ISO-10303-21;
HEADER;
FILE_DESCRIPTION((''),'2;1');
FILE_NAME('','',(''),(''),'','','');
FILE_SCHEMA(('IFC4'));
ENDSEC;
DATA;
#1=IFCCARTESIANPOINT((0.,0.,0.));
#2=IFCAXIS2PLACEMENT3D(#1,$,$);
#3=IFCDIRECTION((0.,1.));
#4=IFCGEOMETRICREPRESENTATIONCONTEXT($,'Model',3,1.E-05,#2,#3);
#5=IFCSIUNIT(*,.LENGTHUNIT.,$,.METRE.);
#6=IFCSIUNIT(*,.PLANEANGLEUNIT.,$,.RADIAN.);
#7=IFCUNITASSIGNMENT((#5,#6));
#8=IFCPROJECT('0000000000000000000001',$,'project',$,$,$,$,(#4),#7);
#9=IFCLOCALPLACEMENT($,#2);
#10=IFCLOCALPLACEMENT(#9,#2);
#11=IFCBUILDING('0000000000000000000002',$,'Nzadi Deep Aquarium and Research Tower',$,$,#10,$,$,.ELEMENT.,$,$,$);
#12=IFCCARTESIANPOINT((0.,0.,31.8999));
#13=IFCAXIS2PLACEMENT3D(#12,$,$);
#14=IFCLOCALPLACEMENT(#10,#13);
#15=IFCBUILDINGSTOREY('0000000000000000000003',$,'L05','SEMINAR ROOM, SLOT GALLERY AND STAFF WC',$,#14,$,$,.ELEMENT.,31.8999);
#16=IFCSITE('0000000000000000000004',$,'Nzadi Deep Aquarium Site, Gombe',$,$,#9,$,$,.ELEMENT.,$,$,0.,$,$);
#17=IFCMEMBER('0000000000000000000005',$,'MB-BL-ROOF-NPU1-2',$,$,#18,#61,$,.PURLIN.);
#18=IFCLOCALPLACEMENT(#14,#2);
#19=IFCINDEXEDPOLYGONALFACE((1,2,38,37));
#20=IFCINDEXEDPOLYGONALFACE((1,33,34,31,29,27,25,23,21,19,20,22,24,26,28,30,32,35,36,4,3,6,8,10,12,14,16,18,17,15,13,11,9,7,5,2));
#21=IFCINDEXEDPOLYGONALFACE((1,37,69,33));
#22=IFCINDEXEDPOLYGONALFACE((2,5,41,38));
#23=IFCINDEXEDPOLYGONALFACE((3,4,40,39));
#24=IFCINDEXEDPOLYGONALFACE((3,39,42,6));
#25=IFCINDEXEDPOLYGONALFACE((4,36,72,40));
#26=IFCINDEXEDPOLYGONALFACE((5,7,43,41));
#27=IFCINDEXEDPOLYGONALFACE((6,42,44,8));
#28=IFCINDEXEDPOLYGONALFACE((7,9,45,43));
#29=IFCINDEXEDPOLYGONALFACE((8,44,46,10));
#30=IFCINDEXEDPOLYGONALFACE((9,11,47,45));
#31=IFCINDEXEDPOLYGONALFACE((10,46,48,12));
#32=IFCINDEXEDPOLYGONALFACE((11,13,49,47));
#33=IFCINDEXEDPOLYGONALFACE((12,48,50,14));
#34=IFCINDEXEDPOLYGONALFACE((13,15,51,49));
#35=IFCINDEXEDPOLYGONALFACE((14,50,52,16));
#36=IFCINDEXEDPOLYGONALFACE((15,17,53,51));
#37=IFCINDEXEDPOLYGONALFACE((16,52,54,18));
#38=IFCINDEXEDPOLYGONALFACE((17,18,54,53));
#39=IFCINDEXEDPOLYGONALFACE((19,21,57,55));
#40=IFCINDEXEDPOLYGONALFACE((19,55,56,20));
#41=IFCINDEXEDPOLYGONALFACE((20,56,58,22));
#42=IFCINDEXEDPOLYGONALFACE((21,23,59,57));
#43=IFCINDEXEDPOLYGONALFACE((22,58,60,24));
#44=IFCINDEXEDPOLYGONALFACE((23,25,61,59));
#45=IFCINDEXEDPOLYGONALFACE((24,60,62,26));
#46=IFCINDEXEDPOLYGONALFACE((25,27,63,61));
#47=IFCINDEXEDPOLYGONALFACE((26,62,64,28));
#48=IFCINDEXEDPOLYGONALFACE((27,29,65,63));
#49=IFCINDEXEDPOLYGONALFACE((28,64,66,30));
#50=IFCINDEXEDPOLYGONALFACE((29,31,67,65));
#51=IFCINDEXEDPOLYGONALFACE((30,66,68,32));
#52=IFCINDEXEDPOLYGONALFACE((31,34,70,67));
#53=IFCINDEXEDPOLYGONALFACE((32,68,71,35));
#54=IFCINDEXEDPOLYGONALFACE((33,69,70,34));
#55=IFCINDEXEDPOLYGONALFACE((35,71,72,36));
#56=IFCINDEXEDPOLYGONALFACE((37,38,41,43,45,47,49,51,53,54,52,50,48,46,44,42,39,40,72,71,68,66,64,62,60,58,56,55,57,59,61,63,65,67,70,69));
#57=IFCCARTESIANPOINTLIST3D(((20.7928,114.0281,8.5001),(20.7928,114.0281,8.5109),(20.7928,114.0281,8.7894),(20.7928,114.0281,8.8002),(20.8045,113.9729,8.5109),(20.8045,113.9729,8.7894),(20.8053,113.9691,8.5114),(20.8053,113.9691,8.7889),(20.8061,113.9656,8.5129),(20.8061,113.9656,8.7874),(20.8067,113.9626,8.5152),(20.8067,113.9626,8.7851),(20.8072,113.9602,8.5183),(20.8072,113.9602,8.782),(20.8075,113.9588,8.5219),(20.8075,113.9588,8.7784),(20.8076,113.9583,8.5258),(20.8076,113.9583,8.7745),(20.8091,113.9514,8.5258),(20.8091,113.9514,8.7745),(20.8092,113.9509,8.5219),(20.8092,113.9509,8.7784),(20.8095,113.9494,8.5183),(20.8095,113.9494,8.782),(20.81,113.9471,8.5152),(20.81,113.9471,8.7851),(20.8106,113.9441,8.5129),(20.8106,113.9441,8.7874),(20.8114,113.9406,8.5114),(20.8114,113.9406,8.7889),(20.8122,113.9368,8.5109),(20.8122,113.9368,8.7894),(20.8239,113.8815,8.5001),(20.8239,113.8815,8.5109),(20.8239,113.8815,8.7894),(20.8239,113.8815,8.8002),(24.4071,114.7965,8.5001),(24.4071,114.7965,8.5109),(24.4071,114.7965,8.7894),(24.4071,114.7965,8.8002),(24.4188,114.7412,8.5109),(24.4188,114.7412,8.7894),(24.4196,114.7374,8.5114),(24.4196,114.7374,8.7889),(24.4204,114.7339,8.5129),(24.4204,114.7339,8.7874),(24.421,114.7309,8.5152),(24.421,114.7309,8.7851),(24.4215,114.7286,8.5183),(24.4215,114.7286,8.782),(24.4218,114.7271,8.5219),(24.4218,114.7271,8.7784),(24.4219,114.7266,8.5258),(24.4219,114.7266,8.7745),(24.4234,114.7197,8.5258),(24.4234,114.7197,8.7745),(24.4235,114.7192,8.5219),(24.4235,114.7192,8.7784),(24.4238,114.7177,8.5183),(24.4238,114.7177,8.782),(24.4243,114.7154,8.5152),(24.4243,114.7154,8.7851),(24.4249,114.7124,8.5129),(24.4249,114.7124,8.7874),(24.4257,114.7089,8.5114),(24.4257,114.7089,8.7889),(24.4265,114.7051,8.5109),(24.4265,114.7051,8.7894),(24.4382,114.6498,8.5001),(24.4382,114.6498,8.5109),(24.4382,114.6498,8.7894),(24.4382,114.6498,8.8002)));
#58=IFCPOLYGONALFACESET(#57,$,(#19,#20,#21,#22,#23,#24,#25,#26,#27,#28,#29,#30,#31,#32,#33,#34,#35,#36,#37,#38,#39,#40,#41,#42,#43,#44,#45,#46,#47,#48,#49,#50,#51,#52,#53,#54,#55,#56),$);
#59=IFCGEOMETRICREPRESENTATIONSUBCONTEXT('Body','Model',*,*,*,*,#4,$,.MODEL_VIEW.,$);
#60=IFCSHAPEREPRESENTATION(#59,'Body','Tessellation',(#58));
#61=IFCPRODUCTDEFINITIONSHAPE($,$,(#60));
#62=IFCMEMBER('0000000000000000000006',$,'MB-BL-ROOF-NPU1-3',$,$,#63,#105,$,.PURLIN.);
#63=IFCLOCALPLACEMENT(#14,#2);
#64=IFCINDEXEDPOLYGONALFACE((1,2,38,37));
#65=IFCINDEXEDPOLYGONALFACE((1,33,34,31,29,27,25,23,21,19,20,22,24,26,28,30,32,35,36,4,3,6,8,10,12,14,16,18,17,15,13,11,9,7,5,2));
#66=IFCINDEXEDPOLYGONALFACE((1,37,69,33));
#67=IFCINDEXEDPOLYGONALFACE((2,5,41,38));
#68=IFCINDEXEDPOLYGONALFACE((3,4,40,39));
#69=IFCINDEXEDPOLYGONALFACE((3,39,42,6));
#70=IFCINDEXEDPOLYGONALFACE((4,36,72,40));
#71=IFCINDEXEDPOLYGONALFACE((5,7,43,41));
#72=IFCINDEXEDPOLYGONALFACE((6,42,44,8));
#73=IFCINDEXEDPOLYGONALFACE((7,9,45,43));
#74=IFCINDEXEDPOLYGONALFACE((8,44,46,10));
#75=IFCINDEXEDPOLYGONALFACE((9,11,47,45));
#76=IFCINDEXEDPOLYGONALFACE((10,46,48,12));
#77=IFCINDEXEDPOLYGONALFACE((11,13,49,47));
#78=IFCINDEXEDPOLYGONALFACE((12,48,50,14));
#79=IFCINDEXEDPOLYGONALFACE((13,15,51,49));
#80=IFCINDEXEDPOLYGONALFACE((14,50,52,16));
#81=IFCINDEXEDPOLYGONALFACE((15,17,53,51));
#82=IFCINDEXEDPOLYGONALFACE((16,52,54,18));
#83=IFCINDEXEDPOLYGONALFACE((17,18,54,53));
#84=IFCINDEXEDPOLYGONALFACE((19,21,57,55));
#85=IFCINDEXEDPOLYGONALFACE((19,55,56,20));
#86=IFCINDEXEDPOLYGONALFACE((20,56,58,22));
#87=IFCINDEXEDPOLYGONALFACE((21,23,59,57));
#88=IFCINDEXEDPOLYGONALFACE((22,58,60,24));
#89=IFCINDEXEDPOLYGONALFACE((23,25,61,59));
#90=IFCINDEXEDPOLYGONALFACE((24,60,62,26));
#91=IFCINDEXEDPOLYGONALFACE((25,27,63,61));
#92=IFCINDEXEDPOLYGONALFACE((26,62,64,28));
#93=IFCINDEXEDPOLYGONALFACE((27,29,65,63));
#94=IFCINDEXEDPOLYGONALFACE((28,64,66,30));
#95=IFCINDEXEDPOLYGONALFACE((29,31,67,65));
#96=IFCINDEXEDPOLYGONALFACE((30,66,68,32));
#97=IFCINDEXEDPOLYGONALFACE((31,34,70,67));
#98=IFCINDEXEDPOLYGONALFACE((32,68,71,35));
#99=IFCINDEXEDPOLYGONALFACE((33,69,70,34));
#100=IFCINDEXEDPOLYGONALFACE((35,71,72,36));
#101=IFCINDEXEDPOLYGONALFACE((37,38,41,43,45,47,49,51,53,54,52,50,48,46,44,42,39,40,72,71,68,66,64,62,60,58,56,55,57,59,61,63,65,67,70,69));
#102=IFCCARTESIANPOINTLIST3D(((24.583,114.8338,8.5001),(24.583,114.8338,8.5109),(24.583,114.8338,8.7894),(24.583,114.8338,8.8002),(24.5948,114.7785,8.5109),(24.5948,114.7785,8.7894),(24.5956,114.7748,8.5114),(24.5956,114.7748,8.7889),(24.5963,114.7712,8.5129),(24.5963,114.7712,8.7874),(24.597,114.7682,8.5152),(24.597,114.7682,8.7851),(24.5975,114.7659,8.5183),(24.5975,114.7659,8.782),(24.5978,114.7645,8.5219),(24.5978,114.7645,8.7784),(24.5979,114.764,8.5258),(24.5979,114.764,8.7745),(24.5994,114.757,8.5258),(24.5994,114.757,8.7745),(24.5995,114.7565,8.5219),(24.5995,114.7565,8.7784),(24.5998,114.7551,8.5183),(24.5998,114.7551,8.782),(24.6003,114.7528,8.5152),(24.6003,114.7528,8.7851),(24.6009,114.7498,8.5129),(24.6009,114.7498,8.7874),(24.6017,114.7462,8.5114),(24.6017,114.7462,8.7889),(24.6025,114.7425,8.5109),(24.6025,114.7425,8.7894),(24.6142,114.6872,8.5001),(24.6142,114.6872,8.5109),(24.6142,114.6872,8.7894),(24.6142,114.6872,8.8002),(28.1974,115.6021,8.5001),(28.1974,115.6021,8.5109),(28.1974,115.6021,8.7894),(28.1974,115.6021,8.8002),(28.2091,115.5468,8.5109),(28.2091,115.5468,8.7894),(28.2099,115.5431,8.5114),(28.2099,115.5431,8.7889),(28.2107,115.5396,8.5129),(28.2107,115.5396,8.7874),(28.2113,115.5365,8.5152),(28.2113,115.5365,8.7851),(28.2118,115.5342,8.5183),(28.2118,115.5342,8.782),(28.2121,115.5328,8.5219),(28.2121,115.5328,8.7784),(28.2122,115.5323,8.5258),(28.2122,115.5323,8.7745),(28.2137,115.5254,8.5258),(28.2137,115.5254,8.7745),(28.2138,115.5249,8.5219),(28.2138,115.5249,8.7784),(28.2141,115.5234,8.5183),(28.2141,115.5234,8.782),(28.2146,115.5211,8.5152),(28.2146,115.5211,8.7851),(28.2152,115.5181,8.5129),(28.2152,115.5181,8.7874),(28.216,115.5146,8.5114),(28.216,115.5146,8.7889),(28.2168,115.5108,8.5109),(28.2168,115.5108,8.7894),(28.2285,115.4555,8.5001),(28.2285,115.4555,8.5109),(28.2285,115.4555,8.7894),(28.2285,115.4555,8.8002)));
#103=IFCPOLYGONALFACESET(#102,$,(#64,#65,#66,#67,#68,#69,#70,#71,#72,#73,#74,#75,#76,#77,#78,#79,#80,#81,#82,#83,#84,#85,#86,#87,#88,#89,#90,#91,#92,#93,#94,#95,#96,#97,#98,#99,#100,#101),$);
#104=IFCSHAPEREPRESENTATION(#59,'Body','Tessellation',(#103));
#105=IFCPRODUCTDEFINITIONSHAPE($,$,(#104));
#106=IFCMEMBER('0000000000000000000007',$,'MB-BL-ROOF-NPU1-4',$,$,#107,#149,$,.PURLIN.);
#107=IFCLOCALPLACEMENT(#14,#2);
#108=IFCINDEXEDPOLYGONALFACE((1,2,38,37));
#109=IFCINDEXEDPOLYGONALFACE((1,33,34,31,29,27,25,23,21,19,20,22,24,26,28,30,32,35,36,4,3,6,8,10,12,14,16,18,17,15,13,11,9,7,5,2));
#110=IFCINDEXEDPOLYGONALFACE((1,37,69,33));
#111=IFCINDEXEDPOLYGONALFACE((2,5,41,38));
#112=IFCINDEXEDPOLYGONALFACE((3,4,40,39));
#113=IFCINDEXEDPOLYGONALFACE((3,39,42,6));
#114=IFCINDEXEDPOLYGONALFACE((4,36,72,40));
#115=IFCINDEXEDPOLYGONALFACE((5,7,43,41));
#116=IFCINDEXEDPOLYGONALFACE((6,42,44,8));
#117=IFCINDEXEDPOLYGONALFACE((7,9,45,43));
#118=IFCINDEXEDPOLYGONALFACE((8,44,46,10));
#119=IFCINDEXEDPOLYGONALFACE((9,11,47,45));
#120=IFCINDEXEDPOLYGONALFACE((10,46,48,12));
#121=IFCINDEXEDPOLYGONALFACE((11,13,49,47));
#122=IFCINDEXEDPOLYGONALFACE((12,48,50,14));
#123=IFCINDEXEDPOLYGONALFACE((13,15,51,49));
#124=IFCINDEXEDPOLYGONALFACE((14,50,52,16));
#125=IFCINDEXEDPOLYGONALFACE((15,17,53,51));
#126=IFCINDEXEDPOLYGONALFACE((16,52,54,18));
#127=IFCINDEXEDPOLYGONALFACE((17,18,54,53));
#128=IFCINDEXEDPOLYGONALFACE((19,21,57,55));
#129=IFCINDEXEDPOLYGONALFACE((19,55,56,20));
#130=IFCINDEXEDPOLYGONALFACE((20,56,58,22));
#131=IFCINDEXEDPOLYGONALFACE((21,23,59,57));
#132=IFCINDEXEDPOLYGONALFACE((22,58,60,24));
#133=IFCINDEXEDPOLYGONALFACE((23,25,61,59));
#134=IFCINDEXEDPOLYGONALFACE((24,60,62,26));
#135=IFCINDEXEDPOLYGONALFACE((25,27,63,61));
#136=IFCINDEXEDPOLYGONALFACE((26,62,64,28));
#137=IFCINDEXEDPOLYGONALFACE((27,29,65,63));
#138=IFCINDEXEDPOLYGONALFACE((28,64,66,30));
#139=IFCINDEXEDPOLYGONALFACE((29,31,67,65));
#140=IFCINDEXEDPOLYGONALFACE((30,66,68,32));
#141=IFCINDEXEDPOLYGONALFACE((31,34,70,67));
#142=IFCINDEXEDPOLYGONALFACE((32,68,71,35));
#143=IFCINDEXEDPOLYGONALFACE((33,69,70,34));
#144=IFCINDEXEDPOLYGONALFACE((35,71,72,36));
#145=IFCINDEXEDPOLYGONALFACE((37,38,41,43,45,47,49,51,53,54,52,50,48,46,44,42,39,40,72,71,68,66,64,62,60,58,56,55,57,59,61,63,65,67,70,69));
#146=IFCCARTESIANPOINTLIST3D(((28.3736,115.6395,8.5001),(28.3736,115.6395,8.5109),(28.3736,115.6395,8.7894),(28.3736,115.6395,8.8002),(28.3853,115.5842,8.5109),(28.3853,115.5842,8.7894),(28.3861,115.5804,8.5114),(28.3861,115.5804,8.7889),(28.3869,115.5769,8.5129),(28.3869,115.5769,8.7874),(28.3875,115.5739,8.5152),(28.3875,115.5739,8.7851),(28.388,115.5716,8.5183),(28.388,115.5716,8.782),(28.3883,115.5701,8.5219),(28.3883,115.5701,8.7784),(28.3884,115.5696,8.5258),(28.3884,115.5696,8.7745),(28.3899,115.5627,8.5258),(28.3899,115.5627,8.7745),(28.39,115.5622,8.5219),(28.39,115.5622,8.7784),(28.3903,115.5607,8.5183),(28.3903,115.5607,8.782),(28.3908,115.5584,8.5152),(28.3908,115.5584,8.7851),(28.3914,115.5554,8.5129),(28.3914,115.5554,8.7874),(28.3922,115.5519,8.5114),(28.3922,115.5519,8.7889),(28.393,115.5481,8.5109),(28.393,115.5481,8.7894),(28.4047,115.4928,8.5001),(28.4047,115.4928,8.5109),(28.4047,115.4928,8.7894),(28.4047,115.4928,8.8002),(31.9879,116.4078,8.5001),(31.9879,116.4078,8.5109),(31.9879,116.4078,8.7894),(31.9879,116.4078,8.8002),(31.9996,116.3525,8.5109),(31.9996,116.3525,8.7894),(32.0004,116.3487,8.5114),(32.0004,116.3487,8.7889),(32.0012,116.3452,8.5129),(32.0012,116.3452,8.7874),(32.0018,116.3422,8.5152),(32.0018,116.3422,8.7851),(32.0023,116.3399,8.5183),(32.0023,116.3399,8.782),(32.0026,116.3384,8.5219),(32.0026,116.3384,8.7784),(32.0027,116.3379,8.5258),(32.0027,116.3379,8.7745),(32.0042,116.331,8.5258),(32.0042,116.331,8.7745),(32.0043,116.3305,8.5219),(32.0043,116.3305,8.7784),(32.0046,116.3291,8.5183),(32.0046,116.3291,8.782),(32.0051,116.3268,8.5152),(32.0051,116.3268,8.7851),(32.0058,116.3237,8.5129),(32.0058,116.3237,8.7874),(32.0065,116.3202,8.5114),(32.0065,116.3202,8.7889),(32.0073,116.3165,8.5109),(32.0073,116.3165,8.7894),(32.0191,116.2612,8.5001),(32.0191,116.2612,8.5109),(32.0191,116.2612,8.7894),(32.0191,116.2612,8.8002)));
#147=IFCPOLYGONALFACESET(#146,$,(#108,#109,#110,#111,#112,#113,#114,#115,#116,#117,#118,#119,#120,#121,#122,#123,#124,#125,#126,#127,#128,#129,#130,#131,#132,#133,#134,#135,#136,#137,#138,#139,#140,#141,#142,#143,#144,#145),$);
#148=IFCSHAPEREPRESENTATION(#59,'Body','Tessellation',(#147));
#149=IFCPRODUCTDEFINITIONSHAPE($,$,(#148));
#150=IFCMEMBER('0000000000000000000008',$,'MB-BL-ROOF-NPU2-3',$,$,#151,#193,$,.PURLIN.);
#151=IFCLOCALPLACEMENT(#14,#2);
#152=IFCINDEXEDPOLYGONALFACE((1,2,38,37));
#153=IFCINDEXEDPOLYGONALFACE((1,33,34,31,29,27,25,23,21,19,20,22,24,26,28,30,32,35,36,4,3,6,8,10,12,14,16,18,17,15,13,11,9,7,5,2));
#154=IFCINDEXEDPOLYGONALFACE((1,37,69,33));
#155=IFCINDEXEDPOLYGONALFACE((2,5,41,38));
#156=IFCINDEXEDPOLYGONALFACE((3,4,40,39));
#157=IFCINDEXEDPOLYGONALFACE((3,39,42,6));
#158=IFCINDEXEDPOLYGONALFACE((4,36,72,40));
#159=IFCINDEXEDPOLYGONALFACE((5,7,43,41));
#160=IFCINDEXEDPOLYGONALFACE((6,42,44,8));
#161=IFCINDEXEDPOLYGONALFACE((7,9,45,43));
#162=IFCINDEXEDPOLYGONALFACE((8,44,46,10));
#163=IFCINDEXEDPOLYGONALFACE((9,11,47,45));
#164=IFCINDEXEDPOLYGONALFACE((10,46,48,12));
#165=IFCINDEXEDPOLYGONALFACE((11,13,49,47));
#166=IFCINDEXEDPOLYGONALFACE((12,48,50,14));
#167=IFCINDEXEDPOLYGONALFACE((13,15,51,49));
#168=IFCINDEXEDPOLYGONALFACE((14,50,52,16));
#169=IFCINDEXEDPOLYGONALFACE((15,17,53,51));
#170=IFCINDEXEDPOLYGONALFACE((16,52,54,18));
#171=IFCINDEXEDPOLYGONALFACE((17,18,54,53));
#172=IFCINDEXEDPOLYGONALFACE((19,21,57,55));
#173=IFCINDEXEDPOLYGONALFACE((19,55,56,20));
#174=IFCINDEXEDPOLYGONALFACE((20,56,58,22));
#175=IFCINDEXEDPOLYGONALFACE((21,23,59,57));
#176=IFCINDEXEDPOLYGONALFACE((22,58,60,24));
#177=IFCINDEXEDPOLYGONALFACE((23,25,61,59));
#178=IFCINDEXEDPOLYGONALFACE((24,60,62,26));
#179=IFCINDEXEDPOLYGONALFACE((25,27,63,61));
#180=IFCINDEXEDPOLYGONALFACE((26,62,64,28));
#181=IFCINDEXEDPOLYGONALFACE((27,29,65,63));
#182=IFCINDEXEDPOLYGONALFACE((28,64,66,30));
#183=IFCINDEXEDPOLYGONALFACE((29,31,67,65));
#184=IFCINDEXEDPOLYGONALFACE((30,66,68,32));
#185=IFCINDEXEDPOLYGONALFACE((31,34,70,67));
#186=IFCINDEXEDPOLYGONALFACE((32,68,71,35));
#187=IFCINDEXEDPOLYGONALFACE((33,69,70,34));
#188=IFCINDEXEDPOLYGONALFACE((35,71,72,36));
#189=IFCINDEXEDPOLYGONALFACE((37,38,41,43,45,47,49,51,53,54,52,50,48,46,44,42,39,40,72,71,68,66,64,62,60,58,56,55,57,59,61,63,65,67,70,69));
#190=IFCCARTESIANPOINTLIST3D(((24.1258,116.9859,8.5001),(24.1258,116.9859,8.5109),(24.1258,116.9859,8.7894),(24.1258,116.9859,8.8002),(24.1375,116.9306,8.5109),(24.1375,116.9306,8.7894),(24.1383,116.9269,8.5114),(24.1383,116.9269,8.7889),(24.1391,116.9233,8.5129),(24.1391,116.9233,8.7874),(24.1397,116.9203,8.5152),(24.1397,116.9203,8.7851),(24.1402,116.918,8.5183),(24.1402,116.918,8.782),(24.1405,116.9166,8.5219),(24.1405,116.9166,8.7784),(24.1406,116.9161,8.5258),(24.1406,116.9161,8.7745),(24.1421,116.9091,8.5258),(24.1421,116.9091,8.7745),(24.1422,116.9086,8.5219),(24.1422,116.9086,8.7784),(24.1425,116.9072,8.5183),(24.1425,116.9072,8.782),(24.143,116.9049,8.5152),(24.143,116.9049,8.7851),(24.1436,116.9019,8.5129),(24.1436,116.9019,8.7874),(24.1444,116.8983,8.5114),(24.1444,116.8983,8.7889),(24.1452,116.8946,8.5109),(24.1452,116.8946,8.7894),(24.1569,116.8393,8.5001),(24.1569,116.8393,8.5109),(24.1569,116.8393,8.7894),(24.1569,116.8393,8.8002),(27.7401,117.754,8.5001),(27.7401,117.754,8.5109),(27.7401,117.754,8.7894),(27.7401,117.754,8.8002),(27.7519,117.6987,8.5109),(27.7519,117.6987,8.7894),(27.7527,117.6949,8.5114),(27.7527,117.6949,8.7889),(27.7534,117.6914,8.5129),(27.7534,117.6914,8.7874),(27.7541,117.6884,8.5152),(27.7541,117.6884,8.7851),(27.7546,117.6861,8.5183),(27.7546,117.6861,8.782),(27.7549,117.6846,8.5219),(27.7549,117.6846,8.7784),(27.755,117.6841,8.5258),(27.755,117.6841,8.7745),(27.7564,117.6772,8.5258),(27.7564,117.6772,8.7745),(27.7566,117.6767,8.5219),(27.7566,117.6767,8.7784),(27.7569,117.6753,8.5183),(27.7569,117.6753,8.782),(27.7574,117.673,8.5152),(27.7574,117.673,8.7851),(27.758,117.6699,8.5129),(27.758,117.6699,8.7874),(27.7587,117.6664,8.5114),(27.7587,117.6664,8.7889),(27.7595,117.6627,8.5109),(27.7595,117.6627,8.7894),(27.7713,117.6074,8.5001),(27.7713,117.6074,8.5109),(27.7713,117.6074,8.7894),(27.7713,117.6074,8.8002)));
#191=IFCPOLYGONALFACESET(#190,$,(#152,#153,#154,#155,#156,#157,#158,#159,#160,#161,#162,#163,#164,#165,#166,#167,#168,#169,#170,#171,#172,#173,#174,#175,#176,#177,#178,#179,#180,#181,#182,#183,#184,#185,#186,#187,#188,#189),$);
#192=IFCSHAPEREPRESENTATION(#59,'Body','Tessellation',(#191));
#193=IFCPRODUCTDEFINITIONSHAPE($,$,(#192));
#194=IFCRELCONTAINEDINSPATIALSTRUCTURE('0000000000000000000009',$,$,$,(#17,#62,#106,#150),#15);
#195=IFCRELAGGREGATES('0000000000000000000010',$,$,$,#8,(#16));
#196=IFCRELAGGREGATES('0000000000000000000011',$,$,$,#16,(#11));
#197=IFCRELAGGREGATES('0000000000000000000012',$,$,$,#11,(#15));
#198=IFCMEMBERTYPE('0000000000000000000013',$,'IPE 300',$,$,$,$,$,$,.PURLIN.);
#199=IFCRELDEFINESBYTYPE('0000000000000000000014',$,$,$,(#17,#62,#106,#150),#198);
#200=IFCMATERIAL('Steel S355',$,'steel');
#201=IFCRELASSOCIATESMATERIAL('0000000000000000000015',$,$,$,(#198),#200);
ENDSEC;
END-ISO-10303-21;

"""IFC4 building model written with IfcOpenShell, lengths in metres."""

from ifc_helpers import new_model, si_unit, direction, frame, origin, origin_2d, place, context, subcontext, project, spatial, i_section, extrude, material, material_profile, profile_set, type_object, element, save


model = new_model("IFC4")

# Units and contexts
model_context = context("Model", 3, precision=1e-05, world=origin(), true_north=direction((0.0, 1.0)))
body_context = subcontext(model_context, "Body", "Model", "MODEL_VIEW")
ifc_project = project(units=[si_unit("LENGTHUNIT", "METRE"), si_unit("PLANEANGLEUNIT", "RADIAN")], contexts=[model_context])

# Site, building, storey
site_placement = place(None, origin())
site = spatial("IfcSite", under=ifc_project, at=site_placement, Name="Nzadi Deep Aquarium Site, Gombe", CompositionType="ELEMENT", RefElevation=0.0)
building_placement = place(site_placement, origin())
building = spatial("IfcBuilding", under=site, at=building_placement, Name="Nzadi Deep Aquarium and Research Tower", CompositionType="ELEMENT")
storey_placement = place(building_placement, frame((0.0, 0.0, 31.8999)))
storey = spatial("IfcBuildingStorey", under=building, at=storey_placement, Name="L05", Description="SEMINAR ROOM, SLOT GALLERY AND STAFF WC", CompositionType="ELEMENT", Elevation=31.8999)

# Members
ifc_material_1 = material(Name="Steel S355", Category="steel")
ifc_material_profile_1 = material_profile(ifc_material_1, i_section(OverallWidth=0.1499, OverallDepth=0.3, WebThickness=0.0071, FlangeThickness=0.0107, FilletRadius=0.0149, at=origin_2d()))
ifc_profile_set_1 = profile_set([ifc_material_profile_1], Name="Steel S355")
member_type_1 = type_object("IfcMemberType", Name="IPE 300", PredefinedType="PURLIN", material=ifc_profile_set_1)
for number, where, z_axis, x_axis, name in (
    (1, (20.8083, 113.9548, 8.6501), (0.978143, 0.207931, 0.0), (-0.207931, 0.978143, 0.0), "MB-BL-ROOF-NPU1-2"),
    (2, (24.5986, 114.7605, 8.6501), (0.978143, 0.207931, 0.0), (-0.207931, 0.978143, 0.0), "MB-BL-ROOF-NPU1-3"),
    (3, (28.3892, 115.5662, 8.6501), (0.978143, 0.207931, 0.0), (-0.207931, 0.978143, 0.0), "MB-BL-ROOF-NPU1-4"),
    (4, (24.1414, 116.9126, 8.6501), (0.978157, 0.207868, 0.0), (-0.207868, 0.978157, 0.0), "MB-BL-ROOF-NPU2-3"),
):
    element("IfcMember", number, at=place(storey_placement, frame(where, z_axis=z_axis, x_axis=x_axis)), inside=storey, type_object=member_type_1, Name=name, PredefinedType="PURLIN", context=body_context, shape_type="SweptSolid", body=[
        extrude(i_section(OverallWidth=0.1499, OverallDepth=0.3, WebThickness=0.0071, FlangeThickness=0.0107, FilletRadius=0.0149, at=origin_2d()), origin(), (0.0, 0.0, 1.0), 3.6951),
    ])

save(model, "model.ifc")
